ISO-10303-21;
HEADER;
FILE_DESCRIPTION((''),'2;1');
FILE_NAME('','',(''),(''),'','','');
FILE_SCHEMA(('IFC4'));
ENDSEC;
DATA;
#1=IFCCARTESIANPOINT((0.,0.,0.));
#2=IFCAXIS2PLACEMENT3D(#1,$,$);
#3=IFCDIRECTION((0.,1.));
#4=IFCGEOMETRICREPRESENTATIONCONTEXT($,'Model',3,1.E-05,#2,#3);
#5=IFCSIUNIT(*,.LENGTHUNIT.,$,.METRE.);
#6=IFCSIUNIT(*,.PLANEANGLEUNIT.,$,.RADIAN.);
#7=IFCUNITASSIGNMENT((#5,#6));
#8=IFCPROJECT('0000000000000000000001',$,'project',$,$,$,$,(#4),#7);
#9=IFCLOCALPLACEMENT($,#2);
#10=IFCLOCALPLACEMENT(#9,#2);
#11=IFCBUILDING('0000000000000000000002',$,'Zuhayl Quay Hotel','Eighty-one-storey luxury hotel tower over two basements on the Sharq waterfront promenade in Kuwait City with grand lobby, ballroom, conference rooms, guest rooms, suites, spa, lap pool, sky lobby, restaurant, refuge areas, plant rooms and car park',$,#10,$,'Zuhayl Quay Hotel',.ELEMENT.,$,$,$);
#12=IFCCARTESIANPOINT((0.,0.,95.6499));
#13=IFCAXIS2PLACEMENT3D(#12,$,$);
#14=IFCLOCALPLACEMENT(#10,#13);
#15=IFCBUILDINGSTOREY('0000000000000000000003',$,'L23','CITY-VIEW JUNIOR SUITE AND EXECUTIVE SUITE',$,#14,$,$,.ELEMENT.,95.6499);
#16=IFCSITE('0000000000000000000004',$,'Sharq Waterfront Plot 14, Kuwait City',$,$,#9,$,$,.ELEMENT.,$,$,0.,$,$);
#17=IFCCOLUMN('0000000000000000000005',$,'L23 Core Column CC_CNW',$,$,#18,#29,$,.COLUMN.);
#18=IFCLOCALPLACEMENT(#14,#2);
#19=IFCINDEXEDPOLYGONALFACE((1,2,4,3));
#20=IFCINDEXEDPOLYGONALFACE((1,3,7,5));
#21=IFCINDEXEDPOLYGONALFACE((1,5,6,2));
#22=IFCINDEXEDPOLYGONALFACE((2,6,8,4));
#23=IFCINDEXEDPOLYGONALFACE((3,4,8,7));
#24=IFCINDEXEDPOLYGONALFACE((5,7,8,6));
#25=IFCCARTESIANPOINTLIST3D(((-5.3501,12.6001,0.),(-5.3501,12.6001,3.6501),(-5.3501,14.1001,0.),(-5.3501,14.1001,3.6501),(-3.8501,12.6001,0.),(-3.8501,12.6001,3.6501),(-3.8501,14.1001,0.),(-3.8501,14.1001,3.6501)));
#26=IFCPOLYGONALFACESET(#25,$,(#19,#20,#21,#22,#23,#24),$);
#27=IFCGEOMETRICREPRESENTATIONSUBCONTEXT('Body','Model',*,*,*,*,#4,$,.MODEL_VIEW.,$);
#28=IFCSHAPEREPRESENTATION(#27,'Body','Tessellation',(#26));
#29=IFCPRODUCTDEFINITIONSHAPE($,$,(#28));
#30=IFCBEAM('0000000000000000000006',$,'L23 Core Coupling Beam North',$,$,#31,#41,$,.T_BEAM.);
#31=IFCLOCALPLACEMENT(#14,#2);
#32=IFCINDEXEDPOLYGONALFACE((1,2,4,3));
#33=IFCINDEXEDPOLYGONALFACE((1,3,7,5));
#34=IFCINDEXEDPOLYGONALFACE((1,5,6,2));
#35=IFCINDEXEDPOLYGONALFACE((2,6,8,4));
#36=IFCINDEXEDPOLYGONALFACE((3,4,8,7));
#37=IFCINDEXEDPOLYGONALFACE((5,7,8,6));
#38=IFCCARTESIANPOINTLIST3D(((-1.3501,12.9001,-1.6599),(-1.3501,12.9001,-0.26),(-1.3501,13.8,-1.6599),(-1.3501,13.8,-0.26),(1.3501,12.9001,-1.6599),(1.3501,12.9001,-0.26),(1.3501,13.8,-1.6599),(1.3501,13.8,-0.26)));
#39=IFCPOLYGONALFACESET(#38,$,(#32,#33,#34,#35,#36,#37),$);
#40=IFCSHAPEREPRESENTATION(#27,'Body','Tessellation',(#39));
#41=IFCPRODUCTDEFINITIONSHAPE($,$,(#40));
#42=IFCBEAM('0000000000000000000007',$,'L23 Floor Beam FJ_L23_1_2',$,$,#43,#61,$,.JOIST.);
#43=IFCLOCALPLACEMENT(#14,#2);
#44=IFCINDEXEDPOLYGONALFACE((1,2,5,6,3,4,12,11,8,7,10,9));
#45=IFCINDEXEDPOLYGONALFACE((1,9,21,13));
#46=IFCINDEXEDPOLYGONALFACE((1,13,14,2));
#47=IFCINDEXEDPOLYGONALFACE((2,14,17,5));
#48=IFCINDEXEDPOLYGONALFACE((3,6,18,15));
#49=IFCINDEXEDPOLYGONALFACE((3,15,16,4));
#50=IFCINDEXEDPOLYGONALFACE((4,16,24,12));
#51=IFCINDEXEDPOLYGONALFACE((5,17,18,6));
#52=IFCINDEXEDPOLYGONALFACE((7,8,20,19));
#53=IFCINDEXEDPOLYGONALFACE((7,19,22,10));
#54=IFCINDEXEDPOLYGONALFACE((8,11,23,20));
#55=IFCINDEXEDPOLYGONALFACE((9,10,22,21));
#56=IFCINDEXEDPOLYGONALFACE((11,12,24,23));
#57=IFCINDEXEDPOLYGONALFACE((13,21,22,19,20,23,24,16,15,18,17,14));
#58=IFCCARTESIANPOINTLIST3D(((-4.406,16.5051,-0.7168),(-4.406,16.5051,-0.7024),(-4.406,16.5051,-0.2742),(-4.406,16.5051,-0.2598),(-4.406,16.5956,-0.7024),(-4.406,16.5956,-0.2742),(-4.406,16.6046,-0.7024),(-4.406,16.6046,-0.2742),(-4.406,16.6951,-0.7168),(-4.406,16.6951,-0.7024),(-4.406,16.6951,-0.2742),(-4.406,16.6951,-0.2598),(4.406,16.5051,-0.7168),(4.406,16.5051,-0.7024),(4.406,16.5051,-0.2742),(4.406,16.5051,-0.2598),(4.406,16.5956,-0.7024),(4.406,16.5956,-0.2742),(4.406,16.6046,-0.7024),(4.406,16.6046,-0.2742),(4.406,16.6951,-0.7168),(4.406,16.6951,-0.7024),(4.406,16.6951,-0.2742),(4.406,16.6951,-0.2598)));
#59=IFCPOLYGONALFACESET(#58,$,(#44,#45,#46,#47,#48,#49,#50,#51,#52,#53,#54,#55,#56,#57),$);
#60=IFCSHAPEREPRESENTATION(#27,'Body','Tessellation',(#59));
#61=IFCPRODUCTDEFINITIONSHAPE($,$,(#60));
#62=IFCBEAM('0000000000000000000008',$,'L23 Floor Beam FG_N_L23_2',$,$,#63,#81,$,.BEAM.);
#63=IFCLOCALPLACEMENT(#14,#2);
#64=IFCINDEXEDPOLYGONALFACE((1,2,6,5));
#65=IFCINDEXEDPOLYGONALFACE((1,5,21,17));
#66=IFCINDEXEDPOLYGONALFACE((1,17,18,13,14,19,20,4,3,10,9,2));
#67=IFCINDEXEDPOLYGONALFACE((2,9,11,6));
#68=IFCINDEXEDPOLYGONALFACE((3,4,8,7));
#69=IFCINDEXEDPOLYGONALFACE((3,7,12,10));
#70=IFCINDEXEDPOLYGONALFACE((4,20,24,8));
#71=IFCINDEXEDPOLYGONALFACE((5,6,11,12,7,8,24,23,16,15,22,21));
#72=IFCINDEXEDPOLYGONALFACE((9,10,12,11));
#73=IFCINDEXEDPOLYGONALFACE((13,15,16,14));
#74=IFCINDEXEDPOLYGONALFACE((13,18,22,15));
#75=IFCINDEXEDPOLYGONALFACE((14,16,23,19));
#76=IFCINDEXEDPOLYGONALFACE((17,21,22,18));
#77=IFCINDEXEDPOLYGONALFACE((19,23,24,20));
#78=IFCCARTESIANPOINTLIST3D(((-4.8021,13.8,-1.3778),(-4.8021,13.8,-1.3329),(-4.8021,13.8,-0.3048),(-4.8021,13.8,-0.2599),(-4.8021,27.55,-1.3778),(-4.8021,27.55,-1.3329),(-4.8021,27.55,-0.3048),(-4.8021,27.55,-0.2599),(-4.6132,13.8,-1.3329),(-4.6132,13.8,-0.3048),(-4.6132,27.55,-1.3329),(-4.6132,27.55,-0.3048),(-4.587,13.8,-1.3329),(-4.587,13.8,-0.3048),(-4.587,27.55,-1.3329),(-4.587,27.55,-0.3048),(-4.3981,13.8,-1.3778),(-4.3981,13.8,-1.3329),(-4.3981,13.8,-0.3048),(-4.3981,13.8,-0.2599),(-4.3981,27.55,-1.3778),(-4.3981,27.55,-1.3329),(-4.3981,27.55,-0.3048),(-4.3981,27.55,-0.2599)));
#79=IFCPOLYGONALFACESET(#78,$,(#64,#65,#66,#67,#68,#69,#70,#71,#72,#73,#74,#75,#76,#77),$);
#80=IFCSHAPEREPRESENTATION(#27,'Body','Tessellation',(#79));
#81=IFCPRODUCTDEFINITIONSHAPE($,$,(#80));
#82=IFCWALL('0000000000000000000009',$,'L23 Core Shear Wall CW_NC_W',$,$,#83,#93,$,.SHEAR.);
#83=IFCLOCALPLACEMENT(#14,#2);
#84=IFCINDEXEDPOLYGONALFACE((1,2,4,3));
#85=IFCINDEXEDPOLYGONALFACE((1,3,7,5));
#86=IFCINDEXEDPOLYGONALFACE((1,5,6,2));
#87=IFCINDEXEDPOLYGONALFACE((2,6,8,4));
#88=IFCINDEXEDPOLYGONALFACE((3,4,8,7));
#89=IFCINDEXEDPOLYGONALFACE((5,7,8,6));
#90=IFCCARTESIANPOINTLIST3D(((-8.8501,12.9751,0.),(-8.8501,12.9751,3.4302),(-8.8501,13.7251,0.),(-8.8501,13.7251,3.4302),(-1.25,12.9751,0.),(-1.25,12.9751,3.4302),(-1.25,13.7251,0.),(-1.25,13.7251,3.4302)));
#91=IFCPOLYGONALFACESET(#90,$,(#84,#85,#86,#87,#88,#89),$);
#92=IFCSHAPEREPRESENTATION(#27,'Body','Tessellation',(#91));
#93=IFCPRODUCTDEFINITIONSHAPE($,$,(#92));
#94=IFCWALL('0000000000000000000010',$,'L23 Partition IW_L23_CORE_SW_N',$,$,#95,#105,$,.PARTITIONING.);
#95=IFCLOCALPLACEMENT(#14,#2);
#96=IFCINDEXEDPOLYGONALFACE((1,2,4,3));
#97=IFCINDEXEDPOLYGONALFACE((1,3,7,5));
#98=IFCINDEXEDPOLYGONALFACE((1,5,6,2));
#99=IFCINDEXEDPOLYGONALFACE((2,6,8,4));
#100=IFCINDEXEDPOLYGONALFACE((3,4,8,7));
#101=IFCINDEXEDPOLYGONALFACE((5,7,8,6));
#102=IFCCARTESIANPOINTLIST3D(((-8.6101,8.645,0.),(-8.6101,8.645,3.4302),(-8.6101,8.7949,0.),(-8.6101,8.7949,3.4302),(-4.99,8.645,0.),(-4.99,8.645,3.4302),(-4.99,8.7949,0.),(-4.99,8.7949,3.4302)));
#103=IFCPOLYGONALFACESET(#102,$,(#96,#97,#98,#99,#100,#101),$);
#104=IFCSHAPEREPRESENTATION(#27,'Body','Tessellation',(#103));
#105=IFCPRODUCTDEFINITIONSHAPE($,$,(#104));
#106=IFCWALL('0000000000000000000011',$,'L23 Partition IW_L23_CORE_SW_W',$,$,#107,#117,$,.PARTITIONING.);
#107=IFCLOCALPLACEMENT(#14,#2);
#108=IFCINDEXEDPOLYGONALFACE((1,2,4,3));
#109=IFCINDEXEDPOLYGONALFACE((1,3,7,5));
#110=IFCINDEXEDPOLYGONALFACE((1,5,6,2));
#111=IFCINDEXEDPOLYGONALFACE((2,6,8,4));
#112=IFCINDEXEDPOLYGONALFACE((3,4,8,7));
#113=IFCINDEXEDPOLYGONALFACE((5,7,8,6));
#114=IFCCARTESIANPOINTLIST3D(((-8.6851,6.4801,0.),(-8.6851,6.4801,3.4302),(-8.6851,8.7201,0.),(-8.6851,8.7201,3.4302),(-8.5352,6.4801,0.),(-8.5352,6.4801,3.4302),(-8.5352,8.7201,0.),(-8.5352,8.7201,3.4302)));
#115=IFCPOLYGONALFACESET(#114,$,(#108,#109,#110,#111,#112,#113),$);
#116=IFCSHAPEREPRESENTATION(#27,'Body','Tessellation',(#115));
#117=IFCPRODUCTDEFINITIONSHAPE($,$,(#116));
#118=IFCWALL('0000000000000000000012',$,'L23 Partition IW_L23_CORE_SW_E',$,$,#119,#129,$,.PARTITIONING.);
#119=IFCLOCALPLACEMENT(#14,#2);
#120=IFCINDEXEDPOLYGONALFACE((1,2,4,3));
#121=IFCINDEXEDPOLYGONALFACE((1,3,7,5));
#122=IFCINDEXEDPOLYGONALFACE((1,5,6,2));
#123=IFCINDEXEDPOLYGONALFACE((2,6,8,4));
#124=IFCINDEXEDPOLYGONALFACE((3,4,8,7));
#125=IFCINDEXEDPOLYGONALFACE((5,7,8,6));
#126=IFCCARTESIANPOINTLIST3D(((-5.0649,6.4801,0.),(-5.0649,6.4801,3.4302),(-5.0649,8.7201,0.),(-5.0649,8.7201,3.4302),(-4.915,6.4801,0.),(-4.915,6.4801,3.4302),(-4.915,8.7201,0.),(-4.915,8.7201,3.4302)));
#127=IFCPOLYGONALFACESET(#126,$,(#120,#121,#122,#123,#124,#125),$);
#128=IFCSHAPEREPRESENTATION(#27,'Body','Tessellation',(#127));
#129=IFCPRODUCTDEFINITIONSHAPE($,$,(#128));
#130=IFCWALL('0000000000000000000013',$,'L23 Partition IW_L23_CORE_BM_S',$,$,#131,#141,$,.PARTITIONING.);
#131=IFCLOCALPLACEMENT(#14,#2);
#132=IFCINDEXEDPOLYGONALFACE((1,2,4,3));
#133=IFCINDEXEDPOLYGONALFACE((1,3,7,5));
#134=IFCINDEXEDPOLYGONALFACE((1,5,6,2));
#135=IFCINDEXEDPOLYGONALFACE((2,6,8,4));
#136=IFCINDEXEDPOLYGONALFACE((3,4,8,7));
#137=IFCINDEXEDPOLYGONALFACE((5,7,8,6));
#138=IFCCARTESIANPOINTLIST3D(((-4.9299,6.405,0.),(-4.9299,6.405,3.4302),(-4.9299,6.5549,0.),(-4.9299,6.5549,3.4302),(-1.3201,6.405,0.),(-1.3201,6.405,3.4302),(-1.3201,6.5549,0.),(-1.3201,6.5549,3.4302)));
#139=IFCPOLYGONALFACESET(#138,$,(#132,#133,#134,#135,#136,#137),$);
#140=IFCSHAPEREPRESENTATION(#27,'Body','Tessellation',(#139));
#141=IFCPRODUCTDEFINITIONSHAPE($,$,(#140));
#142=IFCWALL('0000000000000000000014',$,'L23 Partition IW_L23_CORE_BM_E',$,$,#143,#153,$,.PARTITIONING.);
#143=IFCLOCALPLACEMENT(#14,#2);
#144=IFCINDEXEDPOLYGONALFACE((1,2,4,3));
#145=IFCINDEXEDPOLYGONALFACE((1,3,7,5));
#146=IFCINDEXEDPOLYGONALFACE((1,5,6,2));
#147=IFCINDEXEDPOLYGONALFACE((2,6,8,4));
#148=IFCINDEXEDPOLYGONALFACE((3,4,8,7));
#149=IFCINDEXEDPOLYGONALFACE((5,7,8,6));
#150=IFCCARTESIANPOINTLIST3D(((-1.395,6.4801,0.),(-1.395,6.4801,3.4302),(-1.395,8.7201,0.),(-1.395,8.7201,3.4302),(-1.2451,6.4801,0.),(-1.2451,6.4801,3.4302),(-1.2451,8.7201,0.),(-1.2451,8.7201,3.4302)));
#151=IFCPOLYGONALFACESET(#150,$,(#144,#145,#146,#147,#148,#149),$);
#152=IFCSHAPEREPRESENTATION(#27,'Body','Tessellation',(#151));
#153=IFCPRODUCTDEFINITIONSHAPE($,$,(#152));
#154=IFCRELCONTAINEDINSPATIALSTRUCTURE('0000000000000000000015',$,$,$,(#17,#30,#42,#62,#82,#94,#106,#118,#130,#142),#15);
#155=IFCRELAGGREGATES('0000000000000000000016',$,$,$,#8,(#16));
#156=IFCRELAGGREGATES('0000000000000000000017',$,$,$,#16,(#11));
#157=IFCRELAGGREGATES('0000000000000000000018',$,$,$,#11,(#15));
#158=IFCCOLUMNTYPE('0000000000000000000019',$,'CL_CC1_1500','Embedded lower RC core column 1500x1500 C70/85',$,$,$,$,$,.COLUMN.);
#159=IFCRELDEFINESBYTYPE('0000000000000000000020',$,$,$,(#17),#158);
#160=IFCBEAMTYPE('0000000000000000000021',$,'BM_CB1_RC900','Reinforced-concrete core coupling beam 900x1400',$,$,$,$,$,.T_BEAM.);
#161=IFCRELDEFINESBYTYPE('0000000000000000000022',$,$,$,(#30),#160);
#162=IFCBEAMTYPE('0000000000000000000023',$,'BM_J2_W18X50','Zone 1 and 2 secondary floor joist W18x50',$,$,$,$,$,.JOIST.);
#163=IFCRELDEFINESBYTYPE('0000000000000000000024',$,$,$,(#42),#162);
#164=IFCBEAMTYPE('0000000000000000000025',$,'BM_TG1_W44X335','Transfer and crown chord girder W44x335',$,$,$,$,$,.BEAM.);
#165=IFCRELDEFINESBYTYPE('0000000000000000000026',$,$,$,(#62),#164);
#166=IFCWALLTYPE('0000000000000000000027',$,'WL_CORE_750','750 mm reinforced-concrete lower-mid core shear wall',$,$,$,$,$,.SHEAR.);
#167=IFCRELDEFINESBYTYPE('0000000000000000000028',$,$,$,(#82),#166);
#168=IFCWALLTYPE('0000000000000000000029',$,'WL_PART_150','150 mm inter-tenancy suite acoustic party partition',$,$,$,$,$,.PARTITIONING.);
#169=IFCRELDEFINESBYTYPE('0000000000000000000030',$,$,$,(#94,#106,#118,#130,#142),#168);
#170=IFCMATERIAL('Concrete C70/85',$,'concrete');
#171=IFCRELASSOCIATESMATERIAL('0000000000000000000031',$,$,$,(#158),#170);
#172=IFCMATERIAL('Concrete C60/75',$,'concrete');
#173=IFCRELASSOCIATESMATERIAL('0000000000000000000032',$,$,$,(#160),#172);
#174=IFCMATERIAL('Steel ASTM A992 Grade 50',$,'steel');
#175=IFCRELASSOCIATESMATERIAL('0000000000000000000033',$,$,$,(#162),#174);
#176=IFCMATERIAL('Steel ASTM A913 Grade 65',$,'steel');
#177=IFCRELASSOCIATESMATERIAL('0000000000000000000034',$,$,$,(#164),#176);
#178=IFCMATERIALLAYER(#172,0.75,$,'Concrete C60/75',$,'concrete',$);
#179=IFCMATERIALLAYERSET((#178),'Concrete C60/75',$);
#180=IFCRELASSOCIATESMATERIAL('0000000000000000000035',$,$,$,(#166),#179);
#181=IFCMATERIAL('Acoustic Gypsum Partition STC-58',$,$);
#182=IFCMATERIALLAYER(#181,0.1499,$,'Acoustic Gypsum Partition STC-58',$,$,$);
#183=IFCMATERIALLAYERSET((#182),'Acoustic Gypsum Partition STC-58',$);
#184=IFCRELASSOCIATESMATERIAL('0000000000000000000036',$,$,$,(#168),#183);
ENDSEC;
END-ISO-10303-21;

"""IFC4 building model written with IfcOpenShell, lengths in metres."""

from ifc_helpers import new_model, si_unit, direction, frame, frame_2d, origin, origin_2d, place, context, subcontext, project, spatial, rectangle, i_section, extrude, material, layer, layer_set, material_profile, profile_set, type_object, element, save


model = new_model("IFC4")

# Units and contexts
model_context = context("Model", 3, precision=1e-05, world=origin(), true_north=direction((0.0, 1.0)))
body_context = subcontext(model_context, "Body", "Model", "MODEL_VIEW")
ifc_project = project(units=[si_unit("LENGTHUNIT", "METRE"), si_unit("PLANEANGLEUNIT", "RADIAN")], contexts=[model_context])

# Site, building, storey
site_placement = place(None, origin())
site = spatial("IfcSite", under=ifc_project, at=site_placement, Name="Sharq Waterfront Plot 14, Kuwait City", CompositionType="ELEMENT", RefElevation=0.0)
building_placement = place(site_placement, origin())
building = spatial("IfcBuilding", under=site, at=building_placement, Name="Zuhayl Quay Hotel", Description="Eighty-one-storey luxury hotel tower over two basements on the Sharq waterfront promenade in Kuwait City with grand lobby, ballroom, conference rooms, guest rooms, suites, spa, lap pool, sky lobby, restaurant, refuge areas, plant rooms and car park", LongName="Zuhayl Quay Hotel", CompositionType="ELEMENT")
storey_placement = place(building_placement, frame((0.0, 0.0, 95.6499)))
storey = spatial("IfcBuildingStorey", under=building, at=storey_placement, Name="L23", Description="CITY-VIEW JUNIOR SUITE AND EXECUTIVE SUITE", CompositionType="ELEMENT", Elevation=95.6499)

# Column
ifc_material_1 = material(Name="Concrete C70/85", Category="concrete")
ifc_material_profile_1 = material_profile(ifc_material_1, rectangle(XDim=1.5, YDim=1.5, at=origin_2d()), Name="RC1500X1500")
ifc_profile_set_1 = profile_set([ifc_material_profile_1], Name="Concrete C70/85")
column_type = type_object("IfcColumnType", Name="CL_CC1_1500", Description="Embedded lower RC core column 1500x1500 C70/85", PredefinedType="COLUMN", material=ifc_profile_set_1)
column_placement = place(storey_placement, frame((-4.6001, 13.3501, 0.0), z_axis=(0.0, 0.0, 1.0), x_axis=(1.0, 0.0, 0.0)))
element("IfcColumn", 1, at=column_placement, inside=storey, type_object=column_type, Name="L23 Core Column CC_CNW", PredefinedType="COLUMN", context=body_context, shape_type="SweptSolid", body=[
    extrude(rectangle(XDim=1.5, YDim=1.5, at=origin_2d()), origin(), (0.0, 0.0, 1.0), 3.6501),
])

# Beams
ifc_material_2 = material(Name="Concrete C60/75", Category="concrete")
ifc_material_profile_2 = material_profile(ifc_material_2, rectangle(XDim=0.8999, YDim=1.3999, at=origin_2d()), Name="RC900X1400")
ifc_profile_set_2 = profile_set([ifc_material_profile_2], Name="Concrete C60/75")
beam_type_1 = type_object("IfcBeamType", Name="BM_CB1_RC900", Description="Reinforced-concrete core coupling beam 900x1400", PredefinedType="T_BEAM", material=ifc_profile_set_2)
beam_1_placement = place(storey_placement, frame((-1.3501, 13.3501, -0.96), z_axis=(1.0, 0.0, 0.0), x_axis=(0.0, 1.0, 0.0)))
element("IfcBeam", 2, at=beam_1_placement, inside=storey, type_object=beam_type_1, Name="L23 Core Coupling Beam North", PredefinedType="T_BEAM", context=body_context, shape_type="SweptSolid", body=[
    extrude(rectangle(XDim=0.8999, YDim=1.3999, at=origin_2d()), origin(), (0.0, 0.0, 1.0), 2.7002),
])
ifc_material_3 = material(Name="Steel ASTM A992 Grade 50", Category="steel")
ifc_material_profile_3 = material_profile(ifc_material_3, i_section(OverallWidth=0.1899, OverallDepth=0.457, WebThickness=0.009, FlangeThickness=0.0144, at=origin_2d()), Name="W18X50")
ifc_profile_set_3 = profile_set([ifc_material_profile_3], Name="Steel ASTM A992 Grade 50")
beam_type_2 = type_object("IfcBeamType", Name="BM_J2_W18X50", Description="Zone 1 and 2 secondary floor joist W18x50", PredefinedType="JOIST", material=ifc_profile_set_3)
beam_2_placement = place(storey_placement, frame((-4.406, 16.6001, -0.4883), z_axis=(1.0, 0.0, 0.0), x_axis=(0.0, 1.0, 0.0)))
element("IfcBeam", 3, at=beam_2_placement, inside=storey, type_object=beam_type_2, Name="L23 Floor Beam FJ_L23_1_2", PredefinedType="JOIST", context=body_context, shape_type="SweptSolid", body=[
    extrude(i_section(OverallWidth=0.1899, OverallDepth=0.457, WebThickness=0.009, FlangeThickness=0.0144, at=origin_2d()), origin(), (0.0, 0.0, 1.0), 8.812),
])
ifc_material_4 = material(Name="Steel ASTM A913 Grade 65", Category="steel")
ifc_material_profile_4 = material_profile(ifc_material_4, i_section(OverallWidth=0.4041, OverallDepth=1.1179, WebThickness=0.0261, FlangeThickness=0.0449, at=origin_2d()), Name="W44X335")
ifc_profile_set_4 = profile_set([ifc_material_profile_4], Name="Steel ASTM A913 Grade 65")
beam_type_3 = type_object("IfcBeamType", Name="BM_TG1_W44X335", Description="Transfer and crown chord girder W44x335", PredefinedType="BEAM", material=ifc_profile_set_4)
beam_3_placement = place(storey_placement, frame((-4.6001, 13.8, -0.8188), z_axis=(0.0, 1.0, 0.0), x_axis=(-1.0, 0.0, 0.0)))
element("IfcBeam", 4, at=beam_3_placement, inside=storey, type_object=beam_type_3, Name="L23 Floor Beam FG_N_L23_2", PredefinedType="BEAM", context=body_context, shape_type="SweptSolid", body=[
    extrude(i_section(OverallWidth=0.4041, OverallDepth=1.1179, WebThickness=0.0261, FlangeThickness=0.0449, at=origin_2d()), origin(), (0.0, 0.0, 1.0), 13.75),
])

# Wall
ifc_layer_1 = layer(ifc_material_2, 0.75, Name="Concrete C60/75", Category="concrete")
ifc_layer_set_1 = layer_set([ifc_layer_1], Name="Concrete C60/75")
wall_type_1 = type_object("IfcWallType", Name="WL_CORE_750", Description="750 mm reinforced-concrete lower-mid core shear wall", PredefinedType="SHEAR", material=ifc_layer_set_1)
wall_1_placement = place(storey_placement, frame((-8.8501, 13.3501, 0.0), z_axis=(0.0, 0.0, 1.0), x_axis=(1.0, 0.0, 0.0)))
element("IfcWall", 5, at=wall_1_placement, inside=storey, type_object=wall_type_1, Name="L23 Core Shear Wall CW_NC_W", PredefinedType="SHEAR", context=body_context, shape_type="SweptSolid", body=[
    extrude(rectangle(XDim=7.6001, YDim=0.75, at=frame_2d((3.8, 0.0))), origin(), (0.0, 0.0, 1.0), 3.4302),
])

# Shared definitions
ifc_material_5 = material(Name="Acoustic Gypsum Partition STC-58")
ifc_layer_2 = layer(ifc_material_5, 0.1499, Name="Acoustic Gypsum Partition STC-58")
ifc_layer_set_2 = layer_set([ifc_layer_2], Name="Acoustic Gypsum Partition STC-58")
wall_type_2 = type_object("IfcWallType", Name="WL_PART_150", Description="150 mm inter-tenancy suite acoustic party partition", PredefinedType="PARTITIONING", material=ifc_layer_set_2)

# Walls
wall_2_placement = place(storey_placement, frame((-8.6101, 8.72, 0.0), z_axis=(0.0, 0.0, 1.0), x_axis=(1.0, 0.0, 0.0)))
element("IfcWall", 6, at=wall_2_placement, inside=storey, type_object=wall_type_2, Name="L23 Partition IW_L23_CORE_SW_N", PredefinedType="PARTITIONING", context=body_context, shape_type="SweptSolid", body=[
    extrude(rectangle(XDim=3.6201, YDim=0.1499, at=frame_2d((1.8101, 0.0))), origin(), (0.0, 0.0, 1.0), 3.4302),
])
for number, where, z_axis, x_axis, name in (
    (7, (-8.6101, 6.48, 0.0), (0.0, 0.0, 1.0), (0.0, 1.0, 0.0), "L23 Partition IW_L23_CORE_SW_W"),
    (8, (-4.99, 6.48, 0.0), (0.0, 0.0, 1.0), (0.0, 1.0, 0.0), "L23 Partition IW_L23_CORE_SW_E"),
):
    element("IfcWall", number, at=place(storey_placement, frame(where, z_axis=z_axis, x_axis=x_axis)), inside=storey, type_object=wall_type_2, Name=name, PredefinedType="PARTITIONING", context=body_context, shape_type="SweptSolid", body=[
        extrude(rectangle(XDim=2.24, YDim=0.1499, at=frame_2d((1.1201, 0.0))), origin(), (0.0, 0.0, 1.0), 3.4302),
    ])
wall_3_placement = place(storey_placement, frame((-4.9299, 6.48, 0.0), z_axis=(0.0, 0.0, 1.0), x_axis=(1.0, 0.0, 0.0)))
element("IfcWall", 9, at=wall_3_placement, inside=storey, type_object=wall_type_2, Name="L23 Partition IW_L23_CORE_BM_S", PredefinedType="PARTITIONING", context=body_context, shape_type="SweptSolid", body=[
    extrude(rectangle(XDim=3.6099, YDim=0.1499, at=frame_2d((1.8049, 0.0))), origin(), (0.0, 0.0, 1.0), 3.4302),
])
wall_4_placement = place(storey_placement, frame((-1.3201, 6.48, 0.0), z_axis=(0.0, 0.0, 1.0), x_axis=(0.0, 1.0, 0.0)))
element("IfcWall", 10, at=wall_4_placement, inside=storey, type_object=wall_type_2, Name="L23 Partition IW_L23_CORE_BM_E", PredefinedType="PARTITIONING", context=body_context, shape_type="SweptSolid", body=[
    extrude(rectangle(XDim=2.24, YDim=0.1499, at=frame_2d((1.1201, 0.0))), origin(), (0.0, 0.0, 1.0), 3.4302),
])

save(model, "model.ifc")
